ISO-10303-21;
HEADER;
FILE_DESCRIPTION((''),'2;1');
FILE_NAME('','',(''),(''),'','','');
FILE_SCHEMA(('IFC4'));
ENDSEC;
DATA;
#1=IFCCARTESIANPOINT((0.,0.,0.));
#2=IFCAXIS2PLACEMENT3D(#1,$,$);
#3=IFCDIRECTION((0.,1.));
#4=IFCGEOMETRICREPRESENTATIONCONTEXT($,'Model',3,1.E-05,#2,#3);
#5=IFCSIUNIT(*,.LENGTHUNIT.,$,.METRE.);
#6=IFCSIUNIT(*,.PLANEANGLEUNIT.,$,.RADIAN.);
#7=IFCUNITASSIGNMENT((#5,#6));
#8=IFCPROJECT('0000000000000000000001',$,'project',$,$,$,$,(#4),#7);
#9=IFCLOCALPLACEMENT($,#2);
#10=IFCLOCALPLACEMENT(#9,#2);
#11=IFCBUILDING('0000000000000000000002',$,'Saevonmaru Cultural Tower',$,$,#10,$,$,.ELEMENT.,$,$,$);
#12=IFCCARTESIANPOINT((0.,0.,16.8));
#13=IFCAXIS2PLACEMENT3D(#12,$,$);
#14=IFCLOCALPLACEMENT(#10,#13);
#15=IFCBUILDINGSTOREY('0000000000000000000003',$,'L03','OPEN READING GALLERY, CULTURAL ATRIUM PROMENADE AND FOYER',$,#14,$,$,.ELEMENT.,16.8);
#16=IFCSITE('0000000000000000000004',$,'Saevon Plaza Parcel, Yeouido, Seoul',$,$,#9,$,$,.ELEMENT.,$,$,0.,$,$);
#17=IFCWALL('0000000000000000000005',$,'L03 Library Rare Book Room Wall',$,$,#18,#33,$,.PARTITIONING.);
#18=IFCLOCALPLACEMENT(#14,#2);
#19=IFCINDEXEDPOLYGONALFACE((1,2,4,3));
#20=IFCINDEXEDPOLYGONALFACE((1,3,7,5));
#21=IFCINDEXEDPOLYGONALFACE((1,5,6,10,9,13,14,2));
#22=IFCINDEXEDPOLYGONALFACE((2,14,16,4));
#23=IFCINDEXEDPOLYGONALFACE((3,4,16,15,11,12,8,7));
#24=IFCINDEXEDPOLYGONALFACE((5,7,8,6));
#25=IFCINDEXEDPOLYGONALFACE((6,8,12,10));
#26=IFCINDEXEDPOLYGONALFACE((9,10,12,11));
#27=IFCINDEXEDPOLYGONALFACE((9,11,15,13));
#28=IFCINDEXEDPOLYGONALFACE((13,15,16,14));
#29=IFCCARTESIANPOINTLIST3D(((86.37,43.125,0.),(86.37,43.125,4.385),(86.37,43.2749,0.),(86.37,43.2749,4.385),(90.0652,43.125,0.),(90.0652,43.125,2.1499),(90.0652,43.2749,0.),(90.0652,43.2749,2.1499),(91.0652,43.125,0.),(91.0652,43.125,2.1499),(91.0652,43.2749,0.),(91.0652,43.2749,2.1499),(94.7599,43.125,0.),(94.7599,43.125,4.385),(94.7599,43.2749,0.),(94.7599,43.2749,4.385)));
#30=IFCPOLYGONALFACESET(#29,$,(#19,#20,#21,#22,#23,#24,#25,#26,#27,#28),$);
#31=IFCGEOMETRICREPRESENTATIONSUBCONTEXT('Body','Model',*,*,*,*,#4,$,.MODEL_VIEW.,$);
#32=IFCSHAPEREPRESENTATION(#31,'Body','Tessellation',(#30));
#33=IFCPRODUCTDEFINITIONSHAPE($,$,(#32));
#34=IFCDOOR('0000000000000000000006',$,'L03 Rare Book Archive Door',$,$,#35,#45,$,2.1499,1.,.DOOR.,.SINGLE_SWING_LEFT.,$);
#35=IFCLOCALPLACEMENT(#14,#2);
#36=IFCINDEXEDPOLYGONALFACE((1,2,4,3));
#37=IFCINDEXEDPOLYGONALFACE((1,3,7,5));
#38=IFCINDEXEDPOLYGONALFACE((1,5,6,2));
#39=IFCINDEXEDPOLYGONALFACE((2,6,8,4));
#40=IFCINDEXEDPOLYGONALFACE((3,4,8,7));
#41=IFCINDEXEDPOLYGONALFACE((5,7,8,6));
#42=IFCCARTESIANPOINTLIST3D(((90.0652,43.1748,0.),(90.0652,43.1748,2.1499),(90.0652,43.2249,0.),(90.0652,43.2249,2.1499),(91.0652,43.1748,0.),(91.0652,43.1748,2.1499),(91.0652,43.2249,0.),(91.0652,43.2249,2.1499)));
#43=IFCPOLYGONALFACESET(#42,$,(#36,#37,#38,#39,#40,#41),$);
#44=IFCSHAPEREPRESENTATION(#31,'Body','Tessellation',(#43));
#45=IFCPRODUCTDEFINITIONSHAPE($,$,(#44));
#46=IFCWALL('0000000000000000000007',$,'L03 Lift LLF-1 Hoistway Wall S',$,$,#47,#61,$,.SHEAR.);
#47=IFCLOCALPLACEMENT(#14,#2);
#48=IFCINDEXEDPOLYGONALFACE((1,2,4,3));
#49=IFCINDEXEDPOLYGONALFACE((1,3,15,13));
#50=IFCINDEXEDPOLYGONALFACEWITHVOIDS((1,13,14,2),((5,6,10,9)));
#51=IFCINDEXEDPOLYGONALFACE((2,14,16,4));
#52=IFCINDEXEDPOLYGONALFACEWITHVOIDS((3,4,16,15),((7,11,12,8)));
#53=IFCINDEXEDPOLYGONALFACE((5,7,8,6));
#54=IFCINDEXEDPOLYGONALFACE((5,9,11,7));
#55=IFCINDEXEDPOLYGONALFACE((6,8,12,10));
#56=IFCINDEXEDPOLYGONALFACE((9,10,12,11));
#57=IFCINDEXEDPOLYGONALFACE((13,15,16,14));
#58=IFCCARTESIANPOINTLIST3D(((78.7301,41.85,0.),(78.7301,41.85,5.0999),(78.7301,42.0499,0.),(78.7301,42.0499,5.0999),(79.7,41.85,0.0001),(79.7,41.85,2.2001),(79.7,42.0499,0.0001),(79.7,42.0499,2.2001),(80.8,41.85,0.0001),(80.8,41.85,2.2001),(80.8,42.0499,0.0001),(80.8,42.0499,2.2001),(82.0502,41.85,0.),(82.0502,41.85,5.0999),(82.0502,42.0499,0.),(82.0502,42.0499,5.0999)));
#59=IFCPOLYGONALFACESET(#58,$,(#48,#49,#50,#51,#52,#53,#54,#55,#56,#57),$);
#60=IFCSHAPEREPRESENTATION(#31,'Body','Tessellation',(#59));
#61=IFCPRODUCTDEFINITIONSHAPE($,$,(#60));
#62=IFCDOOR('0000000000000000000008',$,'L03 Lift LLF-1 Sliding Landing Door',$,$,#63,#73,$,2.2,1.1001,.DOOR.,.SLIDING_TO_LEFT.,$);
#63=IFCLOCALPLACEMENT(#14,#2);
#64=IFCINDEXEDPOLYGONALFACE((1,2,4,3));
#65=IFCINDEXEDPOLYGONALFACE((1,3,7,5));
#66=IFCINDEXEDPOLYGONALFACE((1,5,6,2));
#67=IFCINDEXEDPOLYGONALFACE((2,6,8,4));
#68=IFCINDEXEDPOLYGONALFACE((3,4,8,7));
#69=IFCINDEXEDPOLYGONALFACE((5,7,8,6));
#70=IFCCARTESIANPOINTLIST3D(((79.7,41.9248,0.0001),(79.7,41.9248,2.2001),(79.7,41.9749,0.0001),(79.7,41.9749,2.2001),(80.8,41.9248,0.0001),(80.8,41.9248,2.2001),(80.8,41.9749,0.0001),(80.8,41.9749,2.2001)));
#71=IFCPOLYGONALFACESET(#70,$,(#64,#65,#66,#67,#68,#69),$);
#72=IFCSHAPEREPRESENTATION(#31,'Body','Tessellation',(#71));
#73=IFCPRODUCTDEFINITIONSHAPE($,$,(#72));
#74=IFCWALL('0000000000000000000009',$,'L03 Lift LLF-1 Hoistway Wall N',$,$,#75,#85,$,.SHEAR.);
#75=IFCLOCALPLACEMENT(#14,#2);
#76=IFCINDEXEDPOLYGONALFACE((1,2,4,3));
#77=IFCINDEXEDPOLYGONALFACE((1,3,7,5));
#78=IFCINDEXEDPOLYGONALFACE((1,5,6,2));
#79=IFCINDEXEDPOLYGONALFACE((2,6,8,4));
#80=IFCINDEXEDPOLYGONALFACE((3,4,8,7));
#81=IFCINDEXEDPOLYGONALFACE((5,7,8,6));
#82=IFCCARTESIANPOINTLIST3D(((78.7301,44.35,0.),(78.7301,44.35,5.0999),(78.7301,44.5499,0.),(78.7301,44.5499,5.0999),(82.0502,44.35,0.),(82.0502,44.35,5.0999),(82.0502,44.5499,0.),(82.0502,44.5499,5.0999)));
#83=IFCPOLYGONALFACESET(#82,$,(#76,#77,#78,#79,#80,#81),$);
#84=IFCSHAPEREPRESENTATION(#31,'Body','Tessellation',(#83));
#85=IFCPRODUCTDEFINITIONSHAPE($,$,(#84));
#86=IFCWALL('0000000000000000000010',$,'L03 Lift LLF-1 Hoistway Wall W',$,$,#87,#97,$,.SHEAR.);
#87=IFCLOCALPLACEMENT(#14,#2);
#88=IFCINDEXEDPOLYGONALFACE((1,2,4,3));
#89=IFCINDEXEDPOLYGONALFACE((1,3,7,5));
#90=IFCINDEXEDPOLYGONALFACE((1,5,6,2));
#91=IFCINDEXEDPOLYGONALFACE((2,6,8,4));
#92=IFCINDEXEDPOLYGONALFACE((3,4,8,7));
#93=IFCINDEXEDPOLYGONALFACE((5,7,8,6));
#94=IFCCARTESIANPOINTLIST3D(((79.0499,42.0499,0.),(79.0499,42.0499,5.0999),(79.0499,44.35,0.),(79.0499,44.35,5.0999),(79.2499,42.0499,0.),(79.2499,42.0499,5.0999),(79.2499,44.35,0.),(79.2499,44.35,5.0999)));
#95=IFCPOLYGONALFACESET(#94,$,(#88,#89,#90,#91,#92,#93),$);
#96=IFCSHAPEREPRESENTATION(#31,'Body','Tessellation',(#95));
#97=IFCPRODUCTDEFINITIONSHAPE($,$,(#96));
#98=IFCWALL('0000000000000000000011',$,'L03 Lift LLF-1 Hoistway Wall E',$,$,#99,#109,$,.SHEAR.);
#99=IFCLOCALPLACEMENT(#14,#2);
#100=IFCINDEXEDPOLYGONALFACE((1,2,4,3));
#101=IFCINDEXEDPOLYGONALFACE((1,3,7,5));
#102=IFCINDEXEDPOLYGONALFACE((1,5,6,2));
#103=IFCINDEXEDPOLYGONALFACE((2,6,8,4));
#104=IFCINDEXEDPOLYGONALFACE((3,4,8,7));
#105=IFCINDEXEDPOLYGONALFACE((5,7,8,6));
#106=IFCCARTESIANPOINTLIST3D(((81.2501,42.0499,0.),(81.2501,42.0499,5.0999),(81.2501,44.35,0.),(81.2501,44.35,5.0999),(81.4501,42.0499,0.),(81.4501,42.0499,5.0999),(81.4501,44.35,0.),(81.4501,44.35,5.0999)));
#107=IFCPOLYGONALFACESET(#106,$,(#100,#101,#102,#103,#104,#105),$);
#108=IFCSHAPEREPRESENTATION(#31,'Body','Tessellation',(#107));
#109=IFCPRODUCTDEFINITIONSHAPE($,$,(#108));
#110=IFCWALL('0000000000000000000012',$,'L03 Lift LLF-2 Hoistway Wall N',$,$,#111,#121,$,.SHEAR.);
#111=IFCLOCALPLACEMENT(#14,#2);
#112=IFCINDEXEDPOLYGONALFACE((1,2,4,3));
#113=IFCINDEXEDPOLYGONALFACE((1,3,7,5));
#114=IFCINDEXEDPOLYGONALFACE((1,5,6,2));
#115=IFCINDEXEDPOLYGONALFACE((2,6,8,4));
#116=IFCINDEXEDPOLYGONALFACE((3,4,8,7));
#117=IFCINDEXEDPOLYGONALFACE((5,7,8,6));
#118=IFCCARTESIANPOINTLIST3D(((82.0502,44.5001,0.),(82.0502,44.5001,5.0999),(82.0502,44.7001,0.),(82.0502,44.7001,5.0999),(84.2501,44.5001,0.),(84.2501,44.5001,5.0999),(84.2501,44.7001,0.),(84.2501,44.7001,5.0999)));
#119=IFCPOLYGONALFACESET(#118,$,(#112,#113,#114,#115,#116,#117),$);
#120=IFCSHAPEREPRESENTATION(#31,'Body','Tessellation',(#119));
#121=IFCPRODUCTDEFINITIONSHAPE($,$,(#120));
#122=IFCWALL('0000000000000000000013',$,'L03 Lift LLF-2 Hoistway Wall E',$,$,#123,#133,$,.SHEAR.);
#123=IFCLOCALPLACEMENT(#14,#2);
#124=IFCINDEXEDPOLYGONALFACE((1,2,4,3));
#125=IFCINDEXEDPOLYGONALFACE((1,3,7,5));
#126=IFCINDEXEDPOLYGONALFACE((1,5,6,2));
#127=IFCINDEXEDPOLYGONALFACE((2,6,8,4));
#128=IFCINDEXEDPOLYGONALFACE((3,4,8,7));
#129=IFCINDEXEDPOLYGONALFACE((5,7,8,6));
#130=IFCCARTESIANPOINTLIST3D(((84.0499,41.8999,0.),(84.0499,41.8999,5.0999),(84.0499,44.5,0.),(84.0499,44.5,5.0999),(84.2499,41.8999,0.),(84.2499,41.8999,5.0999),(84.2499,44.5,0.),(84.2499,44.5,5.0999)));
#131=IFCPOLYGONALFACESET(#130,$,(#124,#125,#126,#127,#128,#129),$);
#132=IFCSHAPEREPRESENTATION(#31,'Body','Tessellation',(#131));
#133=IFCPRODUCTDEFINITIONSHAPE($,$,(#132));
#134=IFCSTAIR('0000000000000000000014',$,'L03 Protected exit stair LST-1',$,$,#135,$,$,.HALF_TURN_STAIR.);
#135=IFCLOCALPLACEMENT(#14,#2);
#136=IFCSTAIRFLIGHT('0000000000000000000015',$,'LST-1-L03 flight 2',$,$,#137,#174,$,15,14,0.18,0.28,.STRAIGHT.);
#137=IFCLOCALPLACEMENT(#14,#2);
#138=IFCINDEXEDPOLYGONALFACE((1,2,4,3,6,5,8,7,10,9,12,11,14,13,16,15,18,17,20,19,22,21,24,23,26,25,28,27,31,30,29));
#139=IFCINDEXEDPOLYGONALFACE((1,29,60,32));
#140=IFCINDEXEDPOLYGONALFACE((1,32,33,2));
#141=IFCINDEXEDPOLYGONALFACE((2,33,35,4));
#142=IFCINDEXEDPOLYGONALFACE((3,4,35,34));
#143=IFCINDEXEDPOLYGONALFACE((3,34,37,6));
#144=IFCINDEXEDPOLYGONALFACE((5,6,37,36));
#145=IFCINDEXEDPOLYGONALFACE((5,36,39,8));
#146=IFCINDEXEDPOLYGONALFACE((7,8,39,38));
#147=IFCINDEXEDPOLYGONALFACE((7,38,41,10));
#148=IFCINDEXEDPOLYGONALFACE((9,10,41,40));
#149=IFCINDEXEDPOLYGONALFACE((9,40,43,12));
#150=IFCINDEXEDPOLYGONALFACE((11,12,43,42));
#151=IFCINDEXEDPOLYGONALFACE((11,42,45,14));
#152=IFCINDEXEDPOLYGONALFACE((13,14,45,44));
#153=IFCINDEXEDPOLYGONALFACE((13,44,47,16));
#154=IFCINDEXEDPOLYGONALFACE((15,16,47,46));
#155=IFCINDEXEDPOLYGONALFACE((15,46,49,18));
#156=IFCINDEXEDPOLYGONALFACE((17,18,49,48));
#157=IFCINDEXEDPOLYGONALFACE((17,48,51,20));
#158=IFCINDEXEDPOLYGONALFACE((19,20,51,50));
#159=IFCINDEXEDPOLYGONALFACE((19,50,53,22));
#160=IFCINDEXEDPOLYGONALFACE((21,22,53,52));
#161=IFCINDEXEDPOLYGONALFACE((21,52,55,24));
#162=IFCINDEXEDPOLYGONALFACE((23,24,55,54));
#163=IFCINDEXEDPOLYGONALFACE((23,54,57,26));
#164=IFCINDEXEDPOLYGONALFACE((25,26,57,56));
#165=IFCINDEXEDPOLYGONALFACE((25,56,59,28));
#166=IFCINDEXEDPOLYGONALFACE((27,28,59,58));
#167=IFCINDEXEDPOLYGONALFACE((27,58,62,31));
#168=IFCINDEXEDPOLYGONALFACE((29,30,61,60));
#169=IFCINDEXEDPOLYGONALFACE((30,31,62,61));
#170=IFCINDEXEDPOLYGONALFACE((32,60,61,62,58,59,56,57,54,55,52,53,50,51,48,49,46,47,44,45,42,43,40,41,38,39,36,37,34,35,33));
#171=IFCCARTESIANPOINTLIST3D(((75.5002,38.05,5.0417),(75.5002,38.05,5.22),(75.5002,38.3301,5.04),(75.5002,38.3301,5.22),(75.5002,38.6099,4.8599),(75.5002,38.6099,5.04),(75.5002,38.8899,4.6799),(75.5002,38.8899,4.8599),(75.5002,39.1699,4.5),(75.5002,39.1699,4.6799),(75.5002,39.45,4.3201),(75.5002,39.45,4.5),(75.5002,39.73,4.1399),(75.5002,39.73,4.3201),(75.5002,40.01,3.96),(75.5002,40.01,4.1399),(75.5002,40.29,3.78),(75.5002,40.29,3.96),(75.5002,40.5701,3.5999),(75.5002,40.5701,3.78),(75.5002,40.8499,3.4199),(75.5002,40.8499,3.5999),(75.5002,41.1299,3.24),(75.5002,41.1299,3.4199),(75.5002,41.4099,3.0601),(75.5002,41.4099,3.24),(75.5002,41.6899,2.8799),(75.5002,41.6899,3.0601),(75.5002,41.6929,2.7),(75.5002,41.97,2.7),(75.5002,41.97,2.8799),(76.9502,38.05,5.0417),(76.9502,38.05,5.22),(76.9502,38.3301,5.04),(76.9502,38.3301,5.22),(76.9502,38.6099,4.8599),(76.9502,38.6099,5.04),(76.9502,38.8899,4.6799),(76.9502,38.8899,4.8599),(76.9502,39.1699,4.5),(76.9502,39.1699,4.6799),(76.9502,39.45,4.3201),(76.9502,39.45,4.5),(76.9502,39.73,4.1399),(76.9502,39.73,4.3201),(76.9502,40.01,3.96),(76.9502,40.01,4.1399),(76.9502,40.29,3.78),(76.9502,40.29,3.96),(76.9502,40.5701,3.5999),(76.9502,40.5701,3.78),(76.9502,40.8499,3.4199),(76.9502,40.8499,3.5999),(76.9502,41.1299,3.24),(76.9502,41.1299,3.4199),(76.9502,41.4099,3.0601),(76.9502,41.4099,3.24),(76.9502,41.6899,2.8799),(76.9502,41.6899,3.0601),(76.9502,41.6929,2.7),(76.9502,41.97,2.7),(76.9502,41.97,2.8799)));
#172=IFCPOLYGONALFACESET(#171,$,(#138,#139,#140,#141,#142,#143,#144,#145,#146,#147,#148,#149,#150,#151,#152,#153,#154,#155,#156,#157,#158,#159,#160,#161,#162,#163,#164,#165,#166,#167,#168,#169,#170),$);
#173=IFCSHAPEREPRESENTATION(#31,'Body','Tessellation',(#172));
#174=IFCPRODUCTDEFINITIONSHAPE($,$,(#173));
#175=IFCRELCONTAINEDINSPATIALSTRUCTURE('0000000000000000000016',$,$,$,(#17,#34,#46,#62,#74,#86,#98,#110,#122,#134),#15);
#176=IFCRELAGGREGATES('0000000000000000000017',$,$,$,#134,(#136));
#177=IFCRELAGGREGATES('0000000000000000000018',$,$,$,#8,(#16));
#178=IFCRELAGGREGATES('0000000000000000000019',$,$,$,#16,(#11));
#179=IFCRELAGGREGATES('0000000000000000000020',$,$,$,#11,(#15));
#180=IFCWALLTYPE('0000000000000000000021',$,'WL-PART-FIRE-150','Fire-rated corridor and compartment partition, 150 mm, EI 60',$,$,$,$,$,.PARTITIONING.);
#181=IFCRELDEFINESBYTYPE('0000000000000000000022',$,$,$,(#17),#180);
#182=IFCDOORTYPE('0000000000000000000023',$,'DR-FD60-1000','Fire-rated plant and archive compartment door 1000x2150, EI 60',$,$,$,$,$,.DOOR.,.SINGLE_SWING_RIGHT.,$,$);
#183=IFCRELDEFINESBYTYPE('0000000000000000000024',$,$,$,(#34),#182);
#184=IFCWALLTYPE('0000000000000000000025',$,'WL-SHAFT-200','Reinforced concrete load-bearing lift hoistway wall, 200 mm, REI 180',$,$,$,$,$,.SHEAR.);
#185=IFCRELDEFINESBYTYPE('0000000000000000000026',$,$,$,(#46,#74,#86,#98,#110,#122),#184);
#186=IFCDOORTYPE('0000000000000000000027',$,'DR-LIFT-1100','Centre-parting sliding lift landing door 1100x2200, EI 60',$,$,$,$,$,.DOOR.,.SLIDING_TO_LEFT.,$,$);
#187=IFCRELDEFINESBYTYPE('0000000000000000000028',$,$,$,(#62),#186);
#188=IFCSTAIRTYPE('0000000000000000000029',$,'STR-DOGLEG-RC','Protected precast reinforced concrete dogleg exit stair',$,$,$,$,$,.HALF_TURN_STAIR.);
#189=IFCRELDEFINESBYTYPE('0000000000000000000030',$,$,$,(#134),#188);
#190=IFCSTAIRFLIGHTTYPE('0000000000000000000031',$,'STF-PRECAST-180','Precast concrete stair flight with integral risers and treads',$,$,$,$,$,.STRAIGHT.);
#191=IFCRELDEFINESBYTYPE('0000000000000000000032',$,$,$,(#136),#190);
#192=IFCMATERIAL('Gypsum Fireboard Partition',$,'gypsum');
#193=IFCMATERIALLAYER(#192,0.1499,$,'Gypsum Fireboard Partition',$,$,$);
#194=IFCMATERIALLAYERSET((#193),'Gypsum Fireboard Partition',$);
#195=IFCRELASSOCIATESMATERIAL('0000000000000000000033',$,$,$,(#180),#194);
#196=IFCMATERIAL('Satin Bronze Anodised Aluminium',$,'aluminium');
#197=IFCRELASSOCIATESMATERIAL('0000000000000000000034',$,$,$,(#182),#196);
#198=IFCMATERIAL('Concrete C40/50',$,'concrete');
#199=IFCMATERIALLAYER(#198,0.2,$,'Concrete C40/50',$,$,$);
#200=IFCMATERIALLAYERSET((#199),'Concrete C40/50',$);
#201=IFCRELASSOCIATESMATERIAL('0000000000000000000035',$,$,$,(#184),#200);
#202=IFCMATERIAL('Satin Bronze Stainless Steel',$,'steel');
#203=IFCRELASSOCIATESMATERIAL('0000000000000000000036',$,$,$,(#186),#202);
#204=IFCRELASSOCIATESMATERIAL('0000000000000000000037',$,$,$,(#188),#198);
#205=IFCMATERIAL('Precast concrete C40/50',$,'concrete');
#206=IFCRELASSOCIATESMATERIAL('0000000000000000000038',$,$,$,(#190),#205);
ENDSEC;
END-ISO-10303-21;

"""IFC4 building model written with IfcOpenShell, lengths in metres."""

from ifc_helpers import new_model, si_unit, direction, frame, frame_2d, origin, place, context, subcontext, project, spatial, polyline, rectangle, outline, extrude, material, layer, layer_set, type_object, element, fill, aggregate, save


model = new_model("IFC4")

# Units and contexts
model_context = context("Model", 3, precision=1e-05, world=origin(), true_north=direction((0.0, 1.0)))
body_context = subcontext(model_context, "Body", "Model", "MODEL_VIEW")
ifc_project = project(units=[si_unit("LENGTHUNIT", "METRE"), si_unit("PLANEANGLEUNIT", "RADIAN")], contexts=[model_context])

# Site, building, storey
site_placement = place(None, origin())
site = spatial("IfcSite", under=ifc_project, at=site_placement, Name="Saevon Plaza Parcel, Yeouido, Seoul", CompositionType="ELEMENT", RefElevation=0.0)
building_placement = place(site_placement, origin())
building = spatial("IfcBuilding", under=site, at=building_placement, Name="Saevonmaru Cultural Tower", CompositionType="ELEMENT")
storey_placement = place(building_placement, frame((0.0, 0.0, 16.8)))
storey = spatial("IfcBuildingStorey", under=building, at=storey_placement, Name="L03", Description="OPEN READING GALLERY, CULTURAL ATRIUM PROMENADE AND FOYER", CompositionType="ELEMENT", Elevation=16.8)

# Walls, openings, doors
ifc_material_1 = material(Name="Gypsum Fireboard Partition", Category="gypsum")
ifc_layer_1 = layer(ifc_material_1, 0.1499, Name="Gypsum Fireboard Partition")
ifc_layer_set_1 = layer_set([ifc_layer_1], Name="Gypsum Fireboard Partition")
wall_type_1 = type_object("IfcWallType", Name="WL-PART-FIRE-150", Description="Fire-rated corridor and compartment partition, 150 mm, EI 60", PredefinedType="PARTITIONING", material=ifc_layer_set_1)
wall_1_placement = place(storey_placement, frame((86.3701, 43.2, 0.0), z_axis=(0.0, 0.0, 1.0), x_axis=(1.0, 0.0, 0.0)))
wall_1 = element("IfcWall", 1, at=wall_1_placement, inside=storey, type_object=wall_type_1, Name="L03 Library Rare Book Room Wall", PredefinedType="PARTITIONING", context=body_context, shape_type="SweptSolid", body=[
    extrude(rectangle(XDim=8.3899, YDim=0.1499, at=frame_2d((4.1948, 0.0))), origin(), (0.0, 0.0, 1.0), 4.385),
])
opening_1_placement = place(wall_1_placement, frame((3.6951, 0.0, 0.0)))
opening_1 = element("IfcOpeningElement", 2, at=opening_1_placement, cuts=wall_1, PredefinedType="OPENING", context=body_context, shape_type="SweptSolid", body=[
    extrude(rectangle(XDim=1.0, YDim=2.1499, at=frame_2d((0.5, 1.075))), frame((0.0, 0.085, 0.0), z_axis=(0.0, -1.0, 0.0), x_axis=(1.0, 0.0, 0.0)), (0.0, 0.0, 1.0), 0.1699),
])
ifc_material_2 = material(Name="Satin Bronze Anodised Aluminium", Category="aluminium")
door_type_1 = type_object("IfcDoorType", Name="DR-FD60-1000", Description="Fire-rated plant and archive compartment door 1000x2150, EI 60", OperationType="SINGLE_SWING_RIGHT", PredefinedType="DOOR", material=ifc_material_2)
door_1_placement = place(opening_1_placement, origin())
door_1 = element("IfcDoor", 3, at=door_1_placement, inside=storey, type_object=door_type_1, Name="L03 Rare Book Archive Door", OperationType="SINGLE_SWING_LEFT", OverallHeight=2.1499, OverallWidth=1.0, PredefinedType="DOOR", context=body_context, shape_type="SweptSolid", body=[
    extrude(rectangle(XDim=1.0, YDim=2.1499, at=frame_2d((0.5, 1.075))), frame((0.0, 0.0249, 0.0), z_axis=(0.0, -1.0, 0.0), x_axis=(1.0, 0.0, 0.0)), (0.0, 0.0, 1.0), 0.05),
])
fill(opening_1, door_1)
ifc_material_3 = material(Name="Concrete C40/50", Category="concrete")
ifc_layer_2 = layer(ifc_material_3, 0.2, Name="Concrete C40/50")
ifc_layer_set_2 = layer_set([ifc_layer_2], Name="Concrete C40/50")
wall_type_2 = type_object("IfcWallType", Name="WL-SHAFT-200", Description="Reinforced concrete load-bearing lift hoistway wall, 200 mm, REI 180", PredefinedType="SHEAR", material=ifc_layer_set_2)
wall_2_placement = place(storey_placement, frame((78.73, 41.95, 0.0), z_axis=(0.0, 0.0, 1.0), x_axis=(1.0, 0.0, 0.0)))
wall_2 = element("IfcWall", 4, at=wall_2_placement, inside=storey, type_object=wall_type_2, Name="L03 Lift LLF-1 Hoistway Wall S", PredefinedType="SHEAR", context=body_context, shape_type="SweptSolid", body=[
    extrude(rectangle(XDim=3.3201, YDim=0.2, at=frame_2d((1.6602, 0.0))), origin(), (0.0, 0.0, 1.0), 5.0999),
])
opening_2_placement = place(wall_2_placement, frame((0.97, 0.0, 0.0)))
opening_2 = element("IfcOpeningElement", 5, at=opening_2_placement, cuts=wall_2, PredefinedType="OPENING", context=body_context, shape_type="SweptSolid", body=[
    extrude(rectangle(XDim=1.1001, YDim=2.2, at=frame_2d((0.55, 1.1001))), frame((0.0, 0.1099, 0.0), z_axis=(0.0, -1.0, 0.0), x_axis=(1.0, 0.0, 0.0)), (0.0, 0.0, 1.0), 0.22),
])
ifc_material_4 = material(Name="Satin Bronze Stainless Steel", Category="steel")
door_type_2 = type_object("IfcDoorType", Name="DR-LIFT-1100", Description="Centre-parting sliding lift landing door 1100x2200, EI 60", OperationType="SLIDING_TO_LEFT", PredefinedType="DOOR", material=ifc_material_4)
door_2_placement = place(opening_2_placement, origin())
door_2 = element("IfcDoor", 6, at=door_2_placement, inside=storey, type_object=door_type_2, Name="L03 Lift LLF-1 Sliding Landing Door", OperationType="SLIDING_TO_LEFT", OverallHeight=2.2, OverallWidth=1.1001, PredefinedType="DOOR", context=body_context, shape_type="SweptSolid", body=[
    extrude(rectangle(XDim=1.1001, YDim=2.2, at=frame_2d((0.55, 1.1001))), frame((0.0, 0.0249, 0.0), z_axis=(0.0, -1.0, 0.0), x_axis=(1.0, 0.0, 0.0)), (0.0, 0.0, 1.0), 0.05),
])
fill(opening_2, door_2)

# Walls
wall_3_placement = place(storey_placement, frame((78.73, 44.45, 0.0), z_axis=(0.0, 0.0, 1.0), x_axis=(1.0, 0.0, 0.0)))
element("IfcWall", 7, at=wall_3_placement, inside=storey, type_object=wall_type_2, Name="L03 Lift LLF-1 Hoistway Wall N", PredefinedType="SHEAR", context=body_context, shape_type="SweptSolid", body=[
    extrude(rectangle(XDim=3.3201, YDim=0.2, at=frame_2d((1.6602, 0.0))), origin(), (0.0, 0.0, 1.0), 5.0999),
])
for number, where, z_axis, x_axis, name in (
    (8, (79.1499, 42.05, 0.0), (0.0, 0.0, 1.0), (0.0, 1.0, 0.0), "L03 Lift LLF-1 Hoistway Wall W"),
    (9, (81.3501, 42.05, 0.0), (0.0, 0.0, 1.0), (0.0, 1.0, 0.0), "L03 Lift LLF-1 Hoistway Wall E"),
):
    element("IfcWall", number, at=place(storey_placement, frame(where, z_axis=z_axis, x_axis=x_axis)), inside=storey, type_object=wall_type_2, Name=name, PredefinedType="SHEAR", context=body_context, shape_type="SweptSolid", body=[
        extrude(rectangle(XDim=2.3, YDim=0.2, at=frame_2d((1.1499, 0.0))), origin(), (0.0, 0.0, 1.0), 5.0999),
    ])
wall_4_placement = place(storey_placement, frame((82.05, 44.6001, 0.0), z_axis=(0.0, 0.0, 1.0), x_axis=(1.0, 0.0, 0.0)))
element("IfcWall", 10, at=wall_4_placement, inside=storey, type_object=wall_type_2, Name="L03 Lift LLF-2 Hoistway Wall N", PredefinedType="SHEAR", context=body_context, shape_type="SweptSolid", body=[
    extrude(rectangle(XDim=2.2, YDim=0.2, at=frame_2d((1.1001, 0.0))), origin(), (0.0, 0.0, 1.0), 5.0999),
])
wall_5_placement = place(storey_placement, frame((84.1499, 41.8999, 0.0), z_axis=(0.0, 0.0, 1.0), x_axis=(0.0, 1.0, 0.0)))
element("IfcWall", 11, at=wall_5_placement, inside=storey, type_object=wall_type_2, Name="L03 Lift LLF-2 Hoistway Wall E", PredefinedType="SHEAR", context=body_context, shape_type="SweptSolid", body=[
    extrude(rectangle(XDim=2.6001, YDim=0.2, at=frame_2d((1.3, 0.0))), origin(), (0.0, 0.0, 1.0), 5.0999),
])

# Stair, stair flight
stair_type = type_object("IfcStairType", Name="STR-DOGLEG-RC", Description="Protected precast reinforced concrete dogleg exit stair", PredefinedType="HALF_TURN_STAIR", material=ifc_material_3)
stair_placement = place(storey_placement, origin())
stair = element("IfcStair", 12, at=stair_placement, inside=storey, type_object=stair_type, Name="L03 Protected exit stair LST-1", PredefinedType="HALF_TURN_STAIR")
ifc_material_5 = material(Name="Precast concrete C40/50", Category="concrete")
stair_flight_type = type_object("IfcStairFlightType", Name="STF-PRECAST-180", Description="Precast concrete stair flight with integral risers and treads", PredefinedType="STRAIGHT", material=ifc_material_5)
stair_flight_placement = place(storey_placement, frame((76.2251, 41.97, 2.7), z_axis=(0.0, 0.0, 1.0), x_axis=(0.0, -1.0, 0.0)))
stair_flight = element("IfcStairFlight", 13, at=stair_flight_placement, type_object=stair_flight_type, Name="LST-1-L03 flight 2", NumberOfRisers=15, NumberOfTreads=14, PredefinedType="STRAIGHT", RiserHeight=0.18, TreadLength=0.28, context=body_context, shape_type="SweptSolid", body=[
    extrude(outline(polyline([(0.0, 0.0), (0.0, 0.1799), (0.28, 0.1799), (0.28, 0.3601), (0.5601, 0.3601), (0.5601, 0.54), (0.8401, 0.54), (0.8401, 0.72), (1.1201, 0.72), (1.1201, 0.8999), (1.3999, 0.8999), (1.3999, 1.0801), (1.6799, 1.0801), (1.6799, 1.26), (1.96, 1.26), (1.96, 1.4399), (2.24, 1.4399), (2.24, 1.6201), (2.52, 1.6201), (2.52, 1.8), (2.8, 1.8), (2.8, 1.98), (3.0801, 1.98), (3.0801, 2.1599), (3.3601, 2.1599), (3.3601, 2.3401), (3.6399, 2.3401), (3.6399, 2.52), (3.9199, 2.52), (3.9199, 2.7), (3.9199, 2.3418), (0.2771, 0.0), (0.0, 0.0)])), frame((0.0, 0.7251, 0.0), z_axis=(0.0, -1.0, 0.0), x_axis=(1.0, 0.0, 0.0)), (0.0, 0.0, 1.0), 1.45),
])
aggregate(stair, [stair_flight])

save(model, "model.ifc")
